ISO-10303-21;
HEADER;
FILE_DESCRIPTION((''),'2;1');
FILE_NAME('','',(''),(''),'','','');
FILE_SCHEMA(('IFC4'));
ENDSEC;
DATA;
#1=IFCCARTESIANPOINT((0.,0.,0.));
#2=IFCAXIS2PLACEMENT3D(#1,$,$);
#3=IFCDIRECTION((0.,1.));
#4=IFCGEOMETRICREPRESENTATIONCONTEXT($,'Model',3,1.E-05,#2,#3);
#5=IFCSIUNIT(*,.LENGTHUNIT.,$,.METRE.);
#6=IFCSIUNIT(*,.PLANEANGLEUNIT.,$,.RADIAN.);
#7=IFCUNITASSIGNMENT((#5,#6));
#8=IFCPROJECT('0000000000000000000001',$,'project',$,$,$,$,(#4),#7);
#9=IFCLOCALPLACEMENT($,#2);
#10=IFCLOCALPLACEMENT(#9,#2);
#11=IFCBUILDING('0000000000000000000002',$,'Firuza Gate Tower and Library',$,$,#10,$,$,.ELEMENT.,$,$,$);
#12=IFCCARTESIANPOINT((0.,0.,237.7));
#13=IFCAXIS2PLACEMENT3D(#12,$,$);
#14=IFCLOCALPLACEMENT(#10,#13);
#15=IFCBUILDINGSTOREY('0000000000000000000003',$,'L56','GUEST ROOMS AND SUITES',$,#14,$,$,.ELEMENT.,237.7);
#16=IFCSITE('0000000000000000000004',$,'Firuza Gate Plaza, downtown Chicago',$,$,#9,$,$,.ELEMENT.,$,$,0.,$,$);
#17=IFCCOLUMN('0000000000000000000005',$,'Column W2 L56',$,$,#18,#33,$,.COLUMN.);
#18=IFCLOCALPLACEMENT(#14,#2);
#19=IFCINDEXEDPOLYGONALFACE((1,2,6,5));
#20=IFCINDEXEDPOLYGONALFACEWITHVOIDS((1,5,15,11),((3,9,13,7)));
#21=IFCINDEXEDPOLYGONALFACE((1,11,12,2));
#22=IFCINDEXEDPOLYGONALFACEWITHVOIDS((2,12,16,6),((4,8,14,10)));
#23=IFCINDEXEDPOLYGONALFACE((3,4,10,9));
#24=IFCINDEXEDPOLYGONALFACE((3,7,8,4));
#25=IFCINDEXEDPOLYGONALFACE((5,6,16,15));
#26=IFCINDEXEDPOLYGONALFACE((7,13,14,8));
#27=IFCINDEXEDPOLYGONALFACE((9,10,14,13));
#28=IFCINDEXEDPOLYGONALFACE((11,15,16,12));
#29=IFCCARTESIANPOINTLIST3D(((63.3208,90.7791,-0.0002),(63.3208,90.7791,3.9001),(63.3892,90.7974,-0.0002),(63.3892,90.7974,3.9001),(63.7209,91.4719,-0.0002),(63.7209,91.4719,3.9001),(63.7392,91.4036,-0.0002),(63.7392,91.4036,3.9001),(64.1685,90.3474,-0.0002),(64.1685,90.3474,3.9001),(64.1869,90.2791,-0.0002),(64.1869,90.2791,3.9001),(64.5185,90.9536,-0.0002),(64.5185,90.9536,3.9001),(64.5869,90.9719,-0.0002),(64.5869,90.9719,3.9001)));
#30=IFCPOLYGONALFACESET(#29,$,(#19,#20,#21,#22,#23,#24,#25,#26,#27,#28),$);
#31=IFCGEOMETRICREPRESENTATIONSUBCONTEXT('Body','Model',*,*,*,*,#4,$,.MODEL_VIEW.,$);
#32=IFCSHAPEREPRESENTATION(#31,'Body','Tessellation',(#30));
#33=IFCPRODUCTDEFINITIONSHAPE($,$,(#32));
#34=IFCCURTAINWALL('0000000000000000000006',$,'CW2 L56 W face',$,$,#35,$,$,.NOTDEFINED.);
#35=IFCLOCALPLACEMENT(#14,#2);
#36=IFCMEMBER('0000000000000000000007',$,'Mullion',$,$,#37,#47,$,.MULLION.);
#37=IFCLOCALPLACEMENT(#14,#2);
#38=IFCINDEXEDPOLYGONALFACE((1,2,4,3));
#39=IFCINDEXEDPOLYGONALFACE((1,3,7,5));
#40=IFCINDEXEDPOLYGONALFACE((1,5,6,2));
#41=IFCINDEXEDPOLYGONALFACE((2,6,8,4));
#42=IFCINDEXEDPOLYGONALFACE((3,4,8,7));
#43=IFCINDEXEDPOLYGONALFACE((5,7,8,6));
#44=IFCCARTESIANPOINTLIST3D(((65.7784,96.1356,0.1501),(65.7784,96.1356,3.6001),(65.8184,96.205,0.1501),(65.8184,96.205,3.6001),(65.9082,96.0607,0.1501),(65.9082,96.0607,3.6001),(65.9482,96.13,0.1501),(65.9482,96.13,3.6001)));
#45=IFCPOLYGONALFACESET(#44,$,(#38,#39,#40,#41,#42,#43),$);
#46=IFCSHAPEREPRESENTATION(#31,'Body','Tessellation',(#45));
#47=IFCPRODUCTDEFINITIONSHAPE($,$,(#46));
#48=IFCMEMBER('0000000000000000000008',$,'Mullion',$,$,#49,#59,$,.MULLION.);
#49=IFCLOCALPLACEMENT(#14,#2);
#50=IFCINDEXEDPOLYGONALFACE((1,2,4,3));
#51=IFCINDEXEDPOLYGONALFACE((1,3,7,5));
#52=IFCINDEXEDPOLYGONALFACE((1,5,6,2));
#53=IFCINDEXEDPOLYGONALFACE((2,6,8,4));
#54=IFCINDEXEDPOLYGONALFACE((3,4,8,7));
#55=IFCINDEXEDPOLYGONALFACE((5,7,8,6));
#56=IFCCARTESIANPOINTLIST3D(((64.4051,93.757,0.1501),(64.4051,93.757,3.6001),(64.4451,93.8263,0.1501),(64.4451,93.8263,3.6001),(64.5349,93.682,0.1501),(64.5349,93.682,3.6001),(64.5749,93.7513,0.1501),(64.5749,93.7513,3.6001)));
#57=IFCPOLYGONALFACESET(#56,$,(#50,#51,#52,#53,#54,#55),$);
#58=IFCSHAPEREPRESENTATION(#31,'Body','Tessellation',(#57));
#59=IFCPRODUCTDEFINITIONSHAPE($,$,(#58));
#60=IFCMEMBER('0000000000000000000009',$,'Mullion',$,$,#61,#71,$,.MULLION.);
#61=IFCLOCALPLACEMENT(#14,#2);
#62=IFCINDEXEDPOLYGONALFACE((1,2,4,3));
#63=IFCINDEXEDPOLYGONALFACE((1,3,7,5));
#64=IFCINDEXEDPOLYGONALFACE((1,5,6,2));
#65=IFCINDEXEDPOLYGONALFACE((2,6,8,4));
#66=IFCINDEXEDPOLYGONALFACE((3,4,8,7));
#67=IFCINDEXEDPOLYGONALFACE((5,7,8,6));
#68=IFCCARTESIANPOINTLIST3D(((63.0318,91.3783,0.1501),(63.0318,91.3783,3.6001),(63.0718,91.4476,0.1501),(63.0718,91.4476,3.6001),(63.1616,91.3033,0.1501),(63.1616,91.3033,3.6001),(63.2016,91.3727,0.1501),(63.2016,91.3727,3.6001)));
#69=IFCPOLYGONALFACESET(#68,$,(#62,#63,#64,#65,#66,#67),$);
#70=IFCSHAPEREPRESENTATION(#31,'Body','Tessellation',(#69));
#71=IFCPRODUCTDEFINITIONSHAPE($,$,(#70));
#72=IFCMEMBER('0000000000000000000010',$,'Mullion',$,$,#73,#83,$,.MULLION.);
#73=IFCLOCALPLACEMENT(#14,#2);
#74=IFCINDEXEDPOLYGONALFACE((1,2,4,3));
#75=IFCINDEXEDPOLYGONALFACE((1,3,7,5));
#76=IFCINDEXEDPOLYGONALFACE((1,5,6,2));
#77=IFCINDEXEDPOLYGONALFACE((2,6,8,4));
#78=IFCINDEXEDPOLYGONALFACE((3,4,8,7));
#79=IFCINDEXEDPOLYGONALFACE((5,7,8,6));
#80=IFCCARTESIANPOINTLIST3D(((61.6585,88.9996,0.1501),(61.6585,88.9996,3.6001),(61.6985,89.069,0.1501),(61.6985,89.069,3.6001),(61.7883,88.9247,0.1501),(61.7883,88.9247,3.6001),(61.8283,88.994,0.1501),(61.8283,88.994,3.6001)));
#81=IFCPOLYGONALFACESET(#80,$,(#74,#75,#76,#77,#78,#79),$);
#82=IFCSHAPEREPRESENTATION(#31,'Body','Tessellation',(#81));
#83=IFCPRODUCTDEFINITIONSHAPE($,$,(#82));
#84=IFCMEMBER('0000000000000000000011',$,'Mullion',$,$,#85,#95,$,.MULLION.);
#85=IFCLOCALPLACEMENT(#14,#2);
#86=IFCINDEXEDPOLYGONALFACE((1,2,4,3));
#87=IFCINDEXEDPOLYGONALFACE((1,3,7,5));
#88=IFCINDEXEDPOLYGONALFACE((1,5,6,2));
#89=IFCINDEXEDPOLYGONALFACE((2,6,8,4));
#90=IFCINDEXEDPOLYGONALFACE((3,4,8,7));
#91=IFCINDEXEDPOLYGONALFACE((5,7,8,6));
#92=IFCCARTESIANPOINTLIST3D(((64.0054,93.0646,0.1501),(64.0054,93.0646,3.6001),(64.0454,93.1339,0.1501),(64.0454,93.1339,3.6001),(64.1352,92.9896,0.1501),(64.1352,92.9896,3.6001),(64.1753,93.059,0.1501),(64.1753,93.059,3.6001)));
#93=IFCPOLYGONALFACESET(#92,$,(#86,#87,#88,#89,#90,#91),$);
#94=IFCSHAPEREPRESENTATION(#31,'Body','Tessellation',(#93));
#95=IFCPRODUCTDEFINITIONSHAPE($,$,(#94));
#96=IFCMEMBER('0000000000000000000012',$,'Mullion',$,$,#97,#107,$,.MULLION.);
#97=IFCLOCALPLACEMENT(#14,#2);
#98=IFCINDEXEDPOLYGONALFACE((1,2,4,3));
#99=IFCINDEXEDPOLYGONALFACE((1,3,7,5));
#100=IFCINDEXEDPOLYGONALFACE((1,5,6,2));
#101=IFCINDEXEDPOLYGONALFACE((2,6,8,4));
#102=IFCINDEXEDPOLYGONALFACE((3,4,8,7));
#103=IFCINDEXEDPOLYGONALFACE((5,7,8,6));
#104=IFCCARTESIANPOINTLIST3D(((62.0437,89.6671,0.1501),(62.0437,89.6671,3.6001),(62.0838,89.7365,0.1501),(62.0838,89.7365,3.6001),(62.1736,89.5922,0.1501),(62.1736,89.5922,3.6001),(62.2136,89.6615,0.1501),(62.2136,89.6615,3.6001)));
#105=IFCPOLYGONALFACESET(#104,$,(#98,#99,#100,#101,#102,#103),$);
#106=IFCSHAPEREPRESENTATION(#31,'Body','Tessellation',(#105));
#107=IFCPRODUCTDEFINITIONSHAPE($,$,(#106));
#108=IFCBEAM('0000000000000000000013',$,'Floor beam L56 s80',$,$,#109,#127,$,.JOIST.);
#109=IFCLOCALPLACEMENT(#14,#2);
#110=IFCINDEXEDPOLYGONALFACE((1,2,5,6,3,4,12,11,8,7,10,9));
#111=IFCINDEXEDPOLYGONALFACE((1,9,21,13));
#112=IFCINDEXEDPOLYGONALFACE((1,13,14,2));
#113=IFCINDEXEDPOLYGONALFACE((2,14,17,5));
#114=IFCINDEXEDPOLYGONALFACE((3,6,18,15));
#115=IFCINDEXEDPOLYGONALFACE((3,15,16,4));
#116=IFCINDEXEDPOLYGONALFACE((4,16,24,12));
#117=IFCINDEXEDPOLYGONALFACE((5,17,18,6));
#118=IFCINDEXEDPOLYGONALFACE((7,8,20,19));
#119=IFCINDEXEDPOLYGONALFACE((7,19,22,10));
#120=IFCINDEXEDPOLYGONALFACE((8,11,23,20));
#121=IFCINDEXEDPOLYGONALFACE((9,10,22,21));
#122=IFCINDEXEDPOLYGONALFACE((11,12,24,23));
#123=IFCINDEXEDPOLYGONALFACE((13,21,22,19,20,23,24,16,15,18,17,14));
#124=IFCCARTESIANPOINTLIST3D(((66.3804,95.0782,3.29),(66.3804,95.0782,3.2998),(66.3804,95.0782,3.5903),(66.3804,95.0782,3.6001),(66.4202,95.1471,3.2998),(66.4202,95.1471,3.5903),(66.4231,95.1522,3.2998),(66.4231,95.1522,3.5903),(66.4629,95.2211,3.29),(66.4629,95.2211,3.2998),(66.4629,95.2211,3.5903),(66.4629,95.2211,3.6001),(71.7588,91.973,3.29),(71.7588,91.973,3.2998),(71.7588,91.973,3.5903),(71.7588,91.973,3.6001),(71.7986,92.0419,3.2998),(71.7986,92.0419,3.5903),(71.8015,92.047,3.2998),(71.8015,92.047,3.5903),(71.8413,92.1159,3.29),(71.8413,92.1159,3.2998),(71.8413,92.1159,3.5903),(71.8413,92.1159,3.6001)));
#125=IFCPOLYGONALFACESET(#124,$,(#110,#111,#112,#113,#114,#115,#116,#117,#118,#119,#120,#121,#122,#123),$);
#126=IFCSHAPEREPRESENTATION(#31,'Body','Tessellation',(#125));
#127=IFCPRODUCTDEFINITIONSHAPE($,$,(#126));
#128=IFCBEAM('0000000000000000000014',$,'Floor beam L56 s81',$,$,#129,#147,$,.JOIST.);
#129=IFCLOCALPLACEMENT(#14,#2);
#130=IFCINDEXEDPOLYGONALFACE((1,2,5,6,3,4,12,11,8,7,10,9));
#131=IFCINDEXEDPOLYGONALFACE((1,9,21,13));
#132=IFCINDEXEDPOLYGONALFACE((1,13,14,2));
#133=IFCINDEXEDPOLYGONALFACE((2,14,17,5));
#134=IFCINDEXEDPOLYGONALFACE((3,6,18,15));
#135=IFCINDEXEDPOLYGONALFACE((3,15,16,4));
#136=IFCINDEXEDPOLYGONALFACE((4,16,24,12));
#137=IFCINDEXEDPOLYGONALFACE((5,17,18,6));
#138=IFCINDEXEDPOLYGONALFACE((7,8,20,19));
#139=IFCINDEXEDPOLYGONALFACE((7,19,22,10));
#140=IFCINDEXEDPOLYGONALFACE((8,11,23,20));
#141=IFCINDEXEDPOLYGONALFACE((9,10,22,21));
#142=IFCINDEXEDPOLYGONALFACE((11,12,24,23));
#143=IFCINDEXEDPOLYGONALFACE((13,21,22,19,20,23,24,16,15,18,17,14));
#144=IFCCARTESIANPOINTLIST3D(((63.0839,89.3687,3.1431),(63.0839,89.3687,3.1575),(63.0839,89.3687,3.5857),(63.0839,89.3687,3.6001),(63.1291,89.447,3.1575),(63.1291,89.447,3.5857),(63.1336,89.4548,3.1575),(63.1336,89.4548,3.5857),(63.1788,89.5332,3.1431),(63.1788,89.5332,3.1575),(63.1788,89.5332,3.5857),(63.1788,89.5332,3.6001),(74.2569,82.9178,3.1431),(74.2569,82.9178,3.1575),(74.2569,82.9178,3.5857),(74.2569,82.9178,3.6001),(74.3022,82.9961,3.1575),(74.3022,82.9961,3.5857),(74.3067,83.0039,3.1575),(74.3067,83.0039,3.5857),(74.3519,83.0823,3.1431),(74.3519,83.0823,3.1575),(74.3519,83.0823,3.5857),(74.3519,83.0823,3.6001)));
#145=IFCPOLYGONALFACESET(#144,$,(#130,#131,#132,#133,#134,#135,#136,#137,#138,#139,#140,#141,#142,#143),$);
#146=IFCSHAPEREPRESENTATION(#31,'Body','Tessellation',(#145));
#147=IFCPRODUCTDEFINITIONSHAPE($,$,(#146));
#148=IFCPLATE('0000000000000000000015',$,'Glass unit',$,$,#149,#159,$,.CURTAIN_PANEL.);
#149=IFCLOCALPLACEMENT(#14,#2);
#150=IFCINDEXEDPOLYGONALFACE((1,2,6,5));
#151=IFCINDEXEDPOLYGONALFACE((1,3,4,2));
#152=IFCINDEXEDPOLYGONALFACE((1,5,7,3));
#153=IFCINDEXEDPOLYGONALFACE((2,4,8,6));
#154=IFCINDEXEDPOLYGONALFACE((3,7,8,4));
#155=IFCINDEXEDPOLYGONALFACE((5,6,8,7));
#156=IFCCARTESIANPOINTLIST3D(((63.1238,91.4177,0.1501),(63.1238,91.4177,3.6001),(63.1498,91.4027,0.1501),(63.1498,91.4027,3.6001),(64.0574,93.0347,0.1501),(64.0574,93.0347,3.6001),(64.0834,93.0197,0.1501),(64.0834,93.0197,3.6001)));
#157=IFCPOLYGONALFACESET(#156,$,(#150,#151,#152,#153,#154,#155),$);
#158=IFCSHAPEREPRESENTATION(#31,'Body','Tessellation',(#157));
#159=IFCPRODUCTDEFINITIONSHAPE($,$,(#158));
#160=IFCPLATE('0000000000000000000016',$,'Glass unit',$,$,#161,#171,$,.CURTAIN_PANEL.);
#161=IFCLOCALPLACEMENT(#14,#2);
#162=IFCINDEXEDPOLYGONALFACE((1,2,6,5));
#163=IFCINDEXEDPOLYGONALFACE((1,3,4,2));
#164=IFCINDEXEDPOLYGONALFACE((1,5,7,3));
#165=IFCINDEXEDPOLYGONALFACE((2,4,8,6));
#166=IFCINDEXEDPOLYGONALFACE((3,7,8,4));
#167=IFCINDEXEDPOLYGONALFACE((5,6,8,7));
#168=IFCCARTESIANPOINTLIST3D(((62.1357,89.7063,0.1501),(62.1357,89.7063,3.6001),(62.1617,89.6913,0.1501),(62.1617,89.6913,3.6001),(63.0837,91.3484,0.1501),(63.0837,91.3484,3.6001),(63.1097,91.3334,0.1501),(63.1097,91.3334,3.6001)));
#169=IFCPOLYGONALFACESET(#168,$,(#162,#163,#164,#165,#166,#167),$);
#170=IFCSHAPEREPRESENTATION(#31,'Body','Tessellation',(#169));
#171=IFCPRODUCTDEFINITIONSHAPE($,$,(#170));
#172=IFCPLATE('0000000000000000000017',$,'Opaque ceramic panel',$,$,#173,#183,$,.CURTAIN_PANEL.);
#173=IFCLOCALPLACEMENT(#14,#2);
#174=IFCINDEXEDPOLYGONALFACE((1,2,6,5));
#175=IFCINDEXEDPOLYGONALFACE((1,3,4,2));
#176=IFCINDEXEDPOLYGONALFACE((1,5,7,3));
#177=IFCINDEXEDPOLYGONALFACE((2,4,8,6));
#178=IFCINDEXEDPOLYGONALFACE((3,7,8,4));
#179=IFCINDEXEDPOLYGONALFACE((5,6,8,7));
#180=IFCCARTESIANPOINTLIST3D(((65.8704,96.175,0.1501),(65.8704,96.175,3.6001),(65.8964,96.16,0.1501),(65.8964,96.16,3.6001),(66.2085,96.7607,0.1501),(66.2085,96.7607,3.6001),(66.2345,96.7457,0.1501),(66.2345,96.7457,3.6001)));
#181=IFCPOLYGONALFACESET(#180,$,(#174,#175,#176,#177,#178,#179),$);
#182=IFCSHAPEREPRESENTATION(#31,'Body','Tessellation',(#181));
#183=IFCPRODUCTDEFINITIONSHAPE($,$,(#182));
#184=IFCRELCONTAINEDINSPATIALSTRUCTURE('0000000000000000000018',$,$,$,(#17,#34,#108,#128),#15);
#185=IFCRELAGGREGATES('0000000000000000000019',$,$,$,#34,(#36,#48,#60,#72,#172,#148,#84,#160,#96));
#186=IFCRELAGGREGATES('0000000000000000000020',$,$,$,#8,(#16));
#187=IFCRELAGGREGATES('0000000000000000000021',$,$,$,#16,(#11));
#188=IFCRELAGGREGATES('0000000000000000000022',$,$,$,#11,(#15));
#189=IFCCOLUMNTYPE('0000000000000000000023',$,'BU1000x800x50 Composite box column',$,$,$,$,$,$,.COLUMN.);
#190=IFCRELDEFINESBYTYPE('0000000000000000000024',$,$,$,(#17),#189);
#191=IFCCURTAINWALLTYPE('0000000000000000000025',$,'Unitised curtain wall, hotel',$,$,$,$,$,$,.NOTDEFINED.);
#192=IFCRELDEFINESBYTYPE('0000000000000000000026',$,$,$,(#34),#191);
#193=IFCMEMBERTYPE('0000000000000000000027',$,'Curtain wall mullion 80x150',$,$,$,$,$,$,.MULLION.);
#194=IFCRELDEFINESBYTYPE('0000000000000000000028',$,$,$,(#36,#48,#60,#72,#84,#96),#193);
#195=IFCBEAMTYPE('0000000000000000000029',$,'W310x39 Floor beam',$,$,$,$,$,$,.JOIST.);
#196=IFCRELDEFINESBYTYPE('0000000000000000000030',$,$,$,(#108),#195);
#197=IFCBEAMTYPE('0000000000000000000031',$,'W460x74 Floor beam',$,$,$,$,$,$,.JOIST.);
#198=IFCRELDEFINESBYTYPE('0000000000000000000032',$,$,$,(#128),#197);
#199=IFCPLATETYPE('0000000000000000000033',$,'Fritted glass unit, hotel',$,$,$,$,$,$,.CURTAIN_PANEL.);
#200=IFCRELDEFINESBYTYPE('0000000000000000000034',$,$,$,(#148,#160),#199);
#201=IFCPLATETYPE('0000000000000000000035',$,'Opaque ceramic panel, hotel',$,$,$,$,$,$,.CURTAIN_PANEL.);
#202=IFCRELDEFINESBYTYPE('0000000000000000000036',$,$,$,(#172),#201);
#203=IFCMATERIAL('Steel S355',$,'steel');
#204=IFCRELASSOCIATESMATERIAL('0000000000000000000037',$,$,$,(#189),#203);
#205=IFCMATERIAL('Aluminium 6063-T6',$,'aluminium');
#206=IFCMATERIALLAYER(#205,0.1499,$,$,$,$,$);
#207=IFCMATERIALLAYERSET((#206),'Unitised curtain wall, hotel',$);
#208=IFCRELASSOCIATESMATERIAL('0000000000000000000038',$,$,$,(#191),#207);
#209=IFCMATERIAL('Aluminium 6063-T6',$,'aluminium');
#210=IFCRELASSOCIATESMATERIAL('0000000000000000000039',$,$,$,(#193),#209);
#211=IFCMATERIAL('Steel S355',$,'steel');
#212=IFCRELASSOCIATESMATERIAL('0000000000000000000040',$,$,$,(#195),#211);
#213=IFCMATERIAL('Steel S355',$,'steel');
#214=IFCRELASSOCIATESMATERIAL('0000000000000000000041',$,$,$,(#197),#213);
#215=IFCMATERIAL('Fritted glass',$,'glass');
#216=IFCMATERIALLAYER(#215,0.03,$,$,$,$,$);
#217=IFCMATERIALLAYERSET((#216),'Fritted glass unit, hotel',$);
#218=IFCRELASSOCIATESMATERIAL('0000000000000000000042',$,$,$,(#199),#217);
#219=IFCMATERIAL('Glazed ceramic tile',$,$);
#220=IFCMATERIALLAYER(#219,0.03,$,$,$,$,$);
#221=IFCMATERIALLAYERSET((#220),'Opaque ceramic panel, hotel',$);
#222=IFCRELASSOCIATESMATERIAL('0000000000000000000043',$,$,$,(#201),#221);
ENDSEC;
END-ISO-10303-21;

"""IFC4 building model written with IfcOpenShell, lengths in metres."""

from ifc_helpers import new_model, si_unit, direction, frame, origin, origin_2d, place, context, subcontext, project, spatial, polyline, rectangle, hollow_rectangle, i_section, outline, extrude, material, layer, layer_set, material_profile, profile_set, type_object, element, aggregate, save


model = new_model("IFC4")

# Units and contexts
model_context = context("Model", 3, precision=1e-05, world=origin(), true_north=direction((0.0, 1.0)))
body_context = subcontext(model_context, "Body", "Model", "MODEL_VIEW")
ifc_project = project(units=[si_unit("LENGTHUNIT", "METRE"), si_unit("PLANEANGLEUNIT", "RADIAN")], contexts=[model_context])

# Site, building, storey
site_placement = place(None, origin())
site = spatial("IfcSite", under=ifc_project, at=site_placement, Name="Firuza Gate Plaza, downtown Chicago", CompositionType="ELEMENT", RefElevation=0.0)
building_placement = place(site_placement, origin())
building = spatial("IfcBuilding", under=site, at=building_placement, Name="Firuza Gate Tower and Library", CompositionType="ELEMENT")
storey_placement = place(building_placement, frame((0.0, 0.0, 237.7)))
storey = spatial("IfcBuildingStorey", under=building, at=storey_placement, Name="L56", Description="GUEST ROOMS AND SUITES", CompositionType="ELEMENT", Elevation=237.7)

# Column
ifc_material_1 = material(Name="Steel S355", Category="steel")
ifc_material_profile_1 = material_profile(ifc_material_1, hollow_rectangle(XDim=0.8, YDim=1.0, WallThickness=0.05, at=origin_2d()))
ifc_profile_set_1 = profile_set([ifc_material_profile_1], Name="Steel S355")
column_type = type_object("IfcColumnType", Name="BU1000x800x50 Composite box column", PredefinedType="COLUMN", material=ifc_profile_set_1)
column_placement = place(storey_placement, frame((63.9539, 90.8755, -0.0002), z_axis=(0.0, 0.0, 1.0), x_axis=(-0.5, -0.866025, 0.0)))
element("IfcColumn", 1, at=column_placement, inside=storey, type_object=column_type, Name="Column W2 L56", PredefinedType="COLUMN", context=body_context, shape_type="SweptSolid", body=[
    extrude(hollow_rectangle(XDim=0.8, YDim=1.0, WallThickness=0.05, at=origin_2d()), origin(), (0.0, 0.0, 1.0), 3.9004),
])

# Curtain wall, members
ifc_material_2 = material(Name="Aluminium 6063-T6", Category="aluminium")
ifc_layer_1 = layer(ifc_material_2, 0.1499)
ifc_layer_set_1 = layer_set([ifc_layer_1], Name="Unitised curtain wall, hotel")
curtain_wall_type = type_object("IfcCurtainWallType", Name="Unitised curtain wall, hotel", PredefinedType="NOTDEFINED", material=ifc_layer_set_1)
placement = place(storey_placement, origin())
curtain_wall = element("IfcCurtainWall", 2, at=placement, inside=storey, type_object=curtain_wall_type, Name="CW2 L56 W face", PredefinedType="NOTDEFINED")
ifc_material_3 = material(Name="Aluminium 6063-T6", Category="aluminium")
ifc_material_profile_2 = material_profile(ifc_material_3, rectangle(XDim=0.1499, YDim=0.0801, at=origin_2d()))
ifc_profile_set_2 = profile_set([ifc_material_profile_2], Name="Aluminium 6063-T6")
member_type = type_object("IfcMemberType", Name="Curtain wall mullion 80x150", PredefinedType="MULLION", material=ifc_profile_set_2)
member_1_placement = place(storey_placement, frame((65.8633, 96.1328, 0.1501), z_axis=(0.0, 0.0, 1.0), x_axis=(0.866025, -0.5, 0.0)))
member_1 = element("IfcMember", 3, at=member_1_placement, type_object=member_type, Name="Mullion", PredefinedType="MULLION", context=body_context, shape_type="SweptSolid", body=[
    extrude(rectangle(XDim=0.1499, YDim=0.0801, at=origin_2d()), origin(), (0.0, 0.0, 1.0), 3.45),
])
member_2_placement = place(storey_placement, frame((64.49, 93.7542, 0.1501), z_axis=(0.0, 0.0, 1.0), x_axis=(0.866025, -0.5, 0.0)))
member_2 = element("IfcMember", 4, at=member_2_placement, type_object=member_type, Name="Mullion", PredefinedType="MULLION", context=body_context, shape_type="SweptSolid", body=[
    extrude(rectangle(XDim=0.1499, YDim=0.0801, at=origin_2d()), origin(), (0.0, 0.0, 1.0), 3.45),
])
member_3_placement = place(storey_placement, frame((63.1167, 91.3755, 0.1501), z_axis=(0.0, 0.0, 1.0), x_axis=(0.866025, -0.5, 0.0)))
member_3 = element("IfcMember", 5, at=member_3_placement, type_object=member_type, Name="Mullion", PredefinedType="MULLION", context=body_context, shape_type="SweptSolid", body=[
    extrude(rectangle(XDim=0.1499, YDim=0.0801, at=origin_2d()), origin(), (0.0, 0.0, 1.0), 3.45),
])
member_4_placement = place(storey_placement, frame((61.7434, 88.9968, 0.1501), z_axis=(0.0, 0.0, 1.0), x_axis=(0.866025, -0.5, 0.0)))
member_4 = element("IfcMember", 6, at=member_4_placement, type_object=member_type, Name="Mullion", PredefinedType="MULLION", context=body_context, shape_type="SweptSolid", body=[
    extrude(rectangle(XDim=0.1499, YDim=0.0801, at=origin_2d()), origin(), (0.0, 0.0, 1.0), 3.45),
])
member_5_placement = place(storey_placement, frame((64.0903, 93.0618, 0.1501), z_axis=(0.0, 0.0, 1.0), x_axis=(0.866025, -0.5, 0.0)))
member_5 = element("IfcMember", 7, at=member_5_placement, type_object=member_type, Name="Mullion", PredefinedType="MULLION", context=body_context, shape_type="SweptSolid", body=[
    extrude(rectangle(XDim=0.1499, YDim=0.0801, at=origin_2d()), origin(), (0.0, 0.0, 1.0), 3.45),
])
member_6_placement = place(storey_placement, frame((62.1287, 89.6643, 0.1501), z_axis=(0.0, 0.0, 1.0), x_axis=(0.866025, -0.5, 0.0)))
member_6 = element("IfcMember", 8, at=member_6_placement, type_object=member_type, Name="Mullion", PredefinedType="MULLION", context=body_context, shape_type="SweptSolid", body=[
    extrude(rectangle(XDim=0.1499, YDim=0.0801, at=origin_2d()), origin(), (0.0, 0.0, 1.0), 3.45),
])

# Beams
ifc_material_4 = material(Name="Steel S355", Category="steel")
ifc_material_profile_3 = material_profile(ifc_material_4, i_section(OverallWidth=0.165, OverallDepth=0.3101, WebThickness=0.0059, FlangeThickness=0.0098, at=origin_2d()))
ifc_profile_set_3 = profile_set([ifc_material_profile_3], Name="Steel S355")
beam_type_1 = type_object("IfcBeamType", Name="W310x39 Floor beam", PredefinedType="JOIST", material=ifc_profile_set_3)
beam_1_placement = place(storey_placement, frame((66.4216, 95.1497, 3.4451), z_axis=(0.866026, -0.499999, 0.0), x_axis=(0.499999, 0.866026, 0.0)))
element("IfcBeam", 9, at=beam_1_placement, inside=storey, type_object=beam_type_1, Name="Floor beam L56 s80", PredefinedType="JOIST", context=body_context, shape_type="SweptSolid", body=[
    extrude(i_section(OverallWidth=0.165, OverallDepth=0.3101, WebThickness=0.0059, FlangeThickness=0.0098, at=origin_2d()), origin(), (0.0, 0.0, 1.0), 6.2104),
])
ifc_material_5 = material(Name="Steel S355", Category="steel")
ifc_material_profile_4 = material_profile(ifc_material_5, i_section(OverallWidth=0.1899, OverallDepth=0.457, WebThickness=0.009, FlangeThickness=0.0144, at=origin_2d()))
ifc_profile_set_4 = profile_set([ifc_material_profile_4], Name="Steel S355")
beam_type_2 = type_object("IfcBeamType", Name="W460x74 Floor beam", PredefinedType="JOIST", material=ifc_profile_set_4)
beam_2_placement = place(storey_placement, frame((63.1313, 89.4509, 3.3716), z_axis=(0.866021, -0.500008, 0.0), x_axis=(0.500008, 0.866021, 0.0)))
element("IfcBeam", 10, at=beam_2_placement, inside=storey, type_object=beam_type_2, Name="Floor beam L56 s81", PredefinedType="JOIST", context=body_context, shape_type="SweptSolid", body=[
    extrude(i_section(OverallWidth=0.1899, OverallDepth=0.457, WebThickness=0.009, FlangeThickness=0.0144, at=origin_2d()), origin(), (0.0, 0.0, 1.0), 12.9016),
])

# Plates
ifc_material_6 = material(Name="Fritted glass", Category="glass")
ifc_layer_2 = layer(ifc_material_6, 0.03)
ifc_layer_set_2 = layer_set([ifc_layer_2], Name="Fritted glass unit, hotel")
plate_type_1 = type_object("IfcPlateType", Name="Fritted glass unit, hotel", PredefinedType="CURTAIN_PANEL", material=ifc_layer_set_2)
plate_1_placement = place(storey_placement, frame((64.0574, 93.0347, 0.1501), z_axis=(-0.866014, 0.500021, 0.0), x_axis=(-0.500021, -0.866014, 0.0)))
plate_1 = element("IfcPlate", 11, at=plate_1_placement, type_object=plate_type_1, Name="Glass unit", PredefinedType="CURTAIN_PANEL", context=body_context, shape_type="SweptSolid", body=[
    extrude(outline(polyline([(0.0, 0.0), (1.8671, 0.0), (1.8671, 3.45), (0.0, 3.45), (0.0, 0.0)])), origin(), (0.0, 0.0, -1.0), 0.03),
])
plate_2_placement = place(storey_placement, frame((63.0837, 91.3484, 0.1501), z_axis=(-0.86604, 0.499975, 0.0), x_axis=(-0.499975, -0.86604, 0.0)))
plate_2 = element("IfcPlate", 12, at=plate_2_placement, type_object=plate_type_1, Name="Glass unit", PredefinedType="CURTAIN_PANEL", context=body_context, shape_type="SweptSolid", body=[
    extrude(outline(polyline([(0.0, 0.0), (1.8961, 0.0), (1.8961, 3.45), (0.0, 3.45), (0.0, 0.0)])), origin(), (0.0, 0.0, -1.0), 0.03),
])
ifc_material_7 = material(Name="Glazed ceramic tile")
ifc_layer_3 = layer(ifc_material_7, 0.03)
ifc_layer_set_3 = layer_set([ifc_layer_3], Name="Opaque ceramic panel, hotel")
plate_type_2 = type_object("IfcPlateType", Name="Opaque ceramic panel, hotel", PredefinedType="CURTAIN_PANEL", material=ifc_layer_set_3)
plate_3_placement = place(storey_placement, frame((66.2085, 96.7607, 0.1501), z_axis=(-0.866035, 0.499983, 0.0), x_axis=(-0.499983, -0.866035, 0.0)))
plate_3 = element("IfcPlate", 13, at=plate_3_placement, type_object=plate_type_2, Name="Opaque ceramic panel", PredefinedType="CURTAIN_PANEL", context=body_context, shape_type="SweptSolid", body=[
    extrude(outline(polyline([(0.0, 0.0), (0.6763, 0.0), (0.6763, 3.45), (0.0, 3.45), (0.0, 0.0)])), origin(), (0.0, 0.0, -1.0), 0.03),
])
aggregate(curtain_wall, [member_1, member_2, member_3, member_4, plate_3, plate_1, member_5, plate_2, member_6])

save(model, "model.ifc")
